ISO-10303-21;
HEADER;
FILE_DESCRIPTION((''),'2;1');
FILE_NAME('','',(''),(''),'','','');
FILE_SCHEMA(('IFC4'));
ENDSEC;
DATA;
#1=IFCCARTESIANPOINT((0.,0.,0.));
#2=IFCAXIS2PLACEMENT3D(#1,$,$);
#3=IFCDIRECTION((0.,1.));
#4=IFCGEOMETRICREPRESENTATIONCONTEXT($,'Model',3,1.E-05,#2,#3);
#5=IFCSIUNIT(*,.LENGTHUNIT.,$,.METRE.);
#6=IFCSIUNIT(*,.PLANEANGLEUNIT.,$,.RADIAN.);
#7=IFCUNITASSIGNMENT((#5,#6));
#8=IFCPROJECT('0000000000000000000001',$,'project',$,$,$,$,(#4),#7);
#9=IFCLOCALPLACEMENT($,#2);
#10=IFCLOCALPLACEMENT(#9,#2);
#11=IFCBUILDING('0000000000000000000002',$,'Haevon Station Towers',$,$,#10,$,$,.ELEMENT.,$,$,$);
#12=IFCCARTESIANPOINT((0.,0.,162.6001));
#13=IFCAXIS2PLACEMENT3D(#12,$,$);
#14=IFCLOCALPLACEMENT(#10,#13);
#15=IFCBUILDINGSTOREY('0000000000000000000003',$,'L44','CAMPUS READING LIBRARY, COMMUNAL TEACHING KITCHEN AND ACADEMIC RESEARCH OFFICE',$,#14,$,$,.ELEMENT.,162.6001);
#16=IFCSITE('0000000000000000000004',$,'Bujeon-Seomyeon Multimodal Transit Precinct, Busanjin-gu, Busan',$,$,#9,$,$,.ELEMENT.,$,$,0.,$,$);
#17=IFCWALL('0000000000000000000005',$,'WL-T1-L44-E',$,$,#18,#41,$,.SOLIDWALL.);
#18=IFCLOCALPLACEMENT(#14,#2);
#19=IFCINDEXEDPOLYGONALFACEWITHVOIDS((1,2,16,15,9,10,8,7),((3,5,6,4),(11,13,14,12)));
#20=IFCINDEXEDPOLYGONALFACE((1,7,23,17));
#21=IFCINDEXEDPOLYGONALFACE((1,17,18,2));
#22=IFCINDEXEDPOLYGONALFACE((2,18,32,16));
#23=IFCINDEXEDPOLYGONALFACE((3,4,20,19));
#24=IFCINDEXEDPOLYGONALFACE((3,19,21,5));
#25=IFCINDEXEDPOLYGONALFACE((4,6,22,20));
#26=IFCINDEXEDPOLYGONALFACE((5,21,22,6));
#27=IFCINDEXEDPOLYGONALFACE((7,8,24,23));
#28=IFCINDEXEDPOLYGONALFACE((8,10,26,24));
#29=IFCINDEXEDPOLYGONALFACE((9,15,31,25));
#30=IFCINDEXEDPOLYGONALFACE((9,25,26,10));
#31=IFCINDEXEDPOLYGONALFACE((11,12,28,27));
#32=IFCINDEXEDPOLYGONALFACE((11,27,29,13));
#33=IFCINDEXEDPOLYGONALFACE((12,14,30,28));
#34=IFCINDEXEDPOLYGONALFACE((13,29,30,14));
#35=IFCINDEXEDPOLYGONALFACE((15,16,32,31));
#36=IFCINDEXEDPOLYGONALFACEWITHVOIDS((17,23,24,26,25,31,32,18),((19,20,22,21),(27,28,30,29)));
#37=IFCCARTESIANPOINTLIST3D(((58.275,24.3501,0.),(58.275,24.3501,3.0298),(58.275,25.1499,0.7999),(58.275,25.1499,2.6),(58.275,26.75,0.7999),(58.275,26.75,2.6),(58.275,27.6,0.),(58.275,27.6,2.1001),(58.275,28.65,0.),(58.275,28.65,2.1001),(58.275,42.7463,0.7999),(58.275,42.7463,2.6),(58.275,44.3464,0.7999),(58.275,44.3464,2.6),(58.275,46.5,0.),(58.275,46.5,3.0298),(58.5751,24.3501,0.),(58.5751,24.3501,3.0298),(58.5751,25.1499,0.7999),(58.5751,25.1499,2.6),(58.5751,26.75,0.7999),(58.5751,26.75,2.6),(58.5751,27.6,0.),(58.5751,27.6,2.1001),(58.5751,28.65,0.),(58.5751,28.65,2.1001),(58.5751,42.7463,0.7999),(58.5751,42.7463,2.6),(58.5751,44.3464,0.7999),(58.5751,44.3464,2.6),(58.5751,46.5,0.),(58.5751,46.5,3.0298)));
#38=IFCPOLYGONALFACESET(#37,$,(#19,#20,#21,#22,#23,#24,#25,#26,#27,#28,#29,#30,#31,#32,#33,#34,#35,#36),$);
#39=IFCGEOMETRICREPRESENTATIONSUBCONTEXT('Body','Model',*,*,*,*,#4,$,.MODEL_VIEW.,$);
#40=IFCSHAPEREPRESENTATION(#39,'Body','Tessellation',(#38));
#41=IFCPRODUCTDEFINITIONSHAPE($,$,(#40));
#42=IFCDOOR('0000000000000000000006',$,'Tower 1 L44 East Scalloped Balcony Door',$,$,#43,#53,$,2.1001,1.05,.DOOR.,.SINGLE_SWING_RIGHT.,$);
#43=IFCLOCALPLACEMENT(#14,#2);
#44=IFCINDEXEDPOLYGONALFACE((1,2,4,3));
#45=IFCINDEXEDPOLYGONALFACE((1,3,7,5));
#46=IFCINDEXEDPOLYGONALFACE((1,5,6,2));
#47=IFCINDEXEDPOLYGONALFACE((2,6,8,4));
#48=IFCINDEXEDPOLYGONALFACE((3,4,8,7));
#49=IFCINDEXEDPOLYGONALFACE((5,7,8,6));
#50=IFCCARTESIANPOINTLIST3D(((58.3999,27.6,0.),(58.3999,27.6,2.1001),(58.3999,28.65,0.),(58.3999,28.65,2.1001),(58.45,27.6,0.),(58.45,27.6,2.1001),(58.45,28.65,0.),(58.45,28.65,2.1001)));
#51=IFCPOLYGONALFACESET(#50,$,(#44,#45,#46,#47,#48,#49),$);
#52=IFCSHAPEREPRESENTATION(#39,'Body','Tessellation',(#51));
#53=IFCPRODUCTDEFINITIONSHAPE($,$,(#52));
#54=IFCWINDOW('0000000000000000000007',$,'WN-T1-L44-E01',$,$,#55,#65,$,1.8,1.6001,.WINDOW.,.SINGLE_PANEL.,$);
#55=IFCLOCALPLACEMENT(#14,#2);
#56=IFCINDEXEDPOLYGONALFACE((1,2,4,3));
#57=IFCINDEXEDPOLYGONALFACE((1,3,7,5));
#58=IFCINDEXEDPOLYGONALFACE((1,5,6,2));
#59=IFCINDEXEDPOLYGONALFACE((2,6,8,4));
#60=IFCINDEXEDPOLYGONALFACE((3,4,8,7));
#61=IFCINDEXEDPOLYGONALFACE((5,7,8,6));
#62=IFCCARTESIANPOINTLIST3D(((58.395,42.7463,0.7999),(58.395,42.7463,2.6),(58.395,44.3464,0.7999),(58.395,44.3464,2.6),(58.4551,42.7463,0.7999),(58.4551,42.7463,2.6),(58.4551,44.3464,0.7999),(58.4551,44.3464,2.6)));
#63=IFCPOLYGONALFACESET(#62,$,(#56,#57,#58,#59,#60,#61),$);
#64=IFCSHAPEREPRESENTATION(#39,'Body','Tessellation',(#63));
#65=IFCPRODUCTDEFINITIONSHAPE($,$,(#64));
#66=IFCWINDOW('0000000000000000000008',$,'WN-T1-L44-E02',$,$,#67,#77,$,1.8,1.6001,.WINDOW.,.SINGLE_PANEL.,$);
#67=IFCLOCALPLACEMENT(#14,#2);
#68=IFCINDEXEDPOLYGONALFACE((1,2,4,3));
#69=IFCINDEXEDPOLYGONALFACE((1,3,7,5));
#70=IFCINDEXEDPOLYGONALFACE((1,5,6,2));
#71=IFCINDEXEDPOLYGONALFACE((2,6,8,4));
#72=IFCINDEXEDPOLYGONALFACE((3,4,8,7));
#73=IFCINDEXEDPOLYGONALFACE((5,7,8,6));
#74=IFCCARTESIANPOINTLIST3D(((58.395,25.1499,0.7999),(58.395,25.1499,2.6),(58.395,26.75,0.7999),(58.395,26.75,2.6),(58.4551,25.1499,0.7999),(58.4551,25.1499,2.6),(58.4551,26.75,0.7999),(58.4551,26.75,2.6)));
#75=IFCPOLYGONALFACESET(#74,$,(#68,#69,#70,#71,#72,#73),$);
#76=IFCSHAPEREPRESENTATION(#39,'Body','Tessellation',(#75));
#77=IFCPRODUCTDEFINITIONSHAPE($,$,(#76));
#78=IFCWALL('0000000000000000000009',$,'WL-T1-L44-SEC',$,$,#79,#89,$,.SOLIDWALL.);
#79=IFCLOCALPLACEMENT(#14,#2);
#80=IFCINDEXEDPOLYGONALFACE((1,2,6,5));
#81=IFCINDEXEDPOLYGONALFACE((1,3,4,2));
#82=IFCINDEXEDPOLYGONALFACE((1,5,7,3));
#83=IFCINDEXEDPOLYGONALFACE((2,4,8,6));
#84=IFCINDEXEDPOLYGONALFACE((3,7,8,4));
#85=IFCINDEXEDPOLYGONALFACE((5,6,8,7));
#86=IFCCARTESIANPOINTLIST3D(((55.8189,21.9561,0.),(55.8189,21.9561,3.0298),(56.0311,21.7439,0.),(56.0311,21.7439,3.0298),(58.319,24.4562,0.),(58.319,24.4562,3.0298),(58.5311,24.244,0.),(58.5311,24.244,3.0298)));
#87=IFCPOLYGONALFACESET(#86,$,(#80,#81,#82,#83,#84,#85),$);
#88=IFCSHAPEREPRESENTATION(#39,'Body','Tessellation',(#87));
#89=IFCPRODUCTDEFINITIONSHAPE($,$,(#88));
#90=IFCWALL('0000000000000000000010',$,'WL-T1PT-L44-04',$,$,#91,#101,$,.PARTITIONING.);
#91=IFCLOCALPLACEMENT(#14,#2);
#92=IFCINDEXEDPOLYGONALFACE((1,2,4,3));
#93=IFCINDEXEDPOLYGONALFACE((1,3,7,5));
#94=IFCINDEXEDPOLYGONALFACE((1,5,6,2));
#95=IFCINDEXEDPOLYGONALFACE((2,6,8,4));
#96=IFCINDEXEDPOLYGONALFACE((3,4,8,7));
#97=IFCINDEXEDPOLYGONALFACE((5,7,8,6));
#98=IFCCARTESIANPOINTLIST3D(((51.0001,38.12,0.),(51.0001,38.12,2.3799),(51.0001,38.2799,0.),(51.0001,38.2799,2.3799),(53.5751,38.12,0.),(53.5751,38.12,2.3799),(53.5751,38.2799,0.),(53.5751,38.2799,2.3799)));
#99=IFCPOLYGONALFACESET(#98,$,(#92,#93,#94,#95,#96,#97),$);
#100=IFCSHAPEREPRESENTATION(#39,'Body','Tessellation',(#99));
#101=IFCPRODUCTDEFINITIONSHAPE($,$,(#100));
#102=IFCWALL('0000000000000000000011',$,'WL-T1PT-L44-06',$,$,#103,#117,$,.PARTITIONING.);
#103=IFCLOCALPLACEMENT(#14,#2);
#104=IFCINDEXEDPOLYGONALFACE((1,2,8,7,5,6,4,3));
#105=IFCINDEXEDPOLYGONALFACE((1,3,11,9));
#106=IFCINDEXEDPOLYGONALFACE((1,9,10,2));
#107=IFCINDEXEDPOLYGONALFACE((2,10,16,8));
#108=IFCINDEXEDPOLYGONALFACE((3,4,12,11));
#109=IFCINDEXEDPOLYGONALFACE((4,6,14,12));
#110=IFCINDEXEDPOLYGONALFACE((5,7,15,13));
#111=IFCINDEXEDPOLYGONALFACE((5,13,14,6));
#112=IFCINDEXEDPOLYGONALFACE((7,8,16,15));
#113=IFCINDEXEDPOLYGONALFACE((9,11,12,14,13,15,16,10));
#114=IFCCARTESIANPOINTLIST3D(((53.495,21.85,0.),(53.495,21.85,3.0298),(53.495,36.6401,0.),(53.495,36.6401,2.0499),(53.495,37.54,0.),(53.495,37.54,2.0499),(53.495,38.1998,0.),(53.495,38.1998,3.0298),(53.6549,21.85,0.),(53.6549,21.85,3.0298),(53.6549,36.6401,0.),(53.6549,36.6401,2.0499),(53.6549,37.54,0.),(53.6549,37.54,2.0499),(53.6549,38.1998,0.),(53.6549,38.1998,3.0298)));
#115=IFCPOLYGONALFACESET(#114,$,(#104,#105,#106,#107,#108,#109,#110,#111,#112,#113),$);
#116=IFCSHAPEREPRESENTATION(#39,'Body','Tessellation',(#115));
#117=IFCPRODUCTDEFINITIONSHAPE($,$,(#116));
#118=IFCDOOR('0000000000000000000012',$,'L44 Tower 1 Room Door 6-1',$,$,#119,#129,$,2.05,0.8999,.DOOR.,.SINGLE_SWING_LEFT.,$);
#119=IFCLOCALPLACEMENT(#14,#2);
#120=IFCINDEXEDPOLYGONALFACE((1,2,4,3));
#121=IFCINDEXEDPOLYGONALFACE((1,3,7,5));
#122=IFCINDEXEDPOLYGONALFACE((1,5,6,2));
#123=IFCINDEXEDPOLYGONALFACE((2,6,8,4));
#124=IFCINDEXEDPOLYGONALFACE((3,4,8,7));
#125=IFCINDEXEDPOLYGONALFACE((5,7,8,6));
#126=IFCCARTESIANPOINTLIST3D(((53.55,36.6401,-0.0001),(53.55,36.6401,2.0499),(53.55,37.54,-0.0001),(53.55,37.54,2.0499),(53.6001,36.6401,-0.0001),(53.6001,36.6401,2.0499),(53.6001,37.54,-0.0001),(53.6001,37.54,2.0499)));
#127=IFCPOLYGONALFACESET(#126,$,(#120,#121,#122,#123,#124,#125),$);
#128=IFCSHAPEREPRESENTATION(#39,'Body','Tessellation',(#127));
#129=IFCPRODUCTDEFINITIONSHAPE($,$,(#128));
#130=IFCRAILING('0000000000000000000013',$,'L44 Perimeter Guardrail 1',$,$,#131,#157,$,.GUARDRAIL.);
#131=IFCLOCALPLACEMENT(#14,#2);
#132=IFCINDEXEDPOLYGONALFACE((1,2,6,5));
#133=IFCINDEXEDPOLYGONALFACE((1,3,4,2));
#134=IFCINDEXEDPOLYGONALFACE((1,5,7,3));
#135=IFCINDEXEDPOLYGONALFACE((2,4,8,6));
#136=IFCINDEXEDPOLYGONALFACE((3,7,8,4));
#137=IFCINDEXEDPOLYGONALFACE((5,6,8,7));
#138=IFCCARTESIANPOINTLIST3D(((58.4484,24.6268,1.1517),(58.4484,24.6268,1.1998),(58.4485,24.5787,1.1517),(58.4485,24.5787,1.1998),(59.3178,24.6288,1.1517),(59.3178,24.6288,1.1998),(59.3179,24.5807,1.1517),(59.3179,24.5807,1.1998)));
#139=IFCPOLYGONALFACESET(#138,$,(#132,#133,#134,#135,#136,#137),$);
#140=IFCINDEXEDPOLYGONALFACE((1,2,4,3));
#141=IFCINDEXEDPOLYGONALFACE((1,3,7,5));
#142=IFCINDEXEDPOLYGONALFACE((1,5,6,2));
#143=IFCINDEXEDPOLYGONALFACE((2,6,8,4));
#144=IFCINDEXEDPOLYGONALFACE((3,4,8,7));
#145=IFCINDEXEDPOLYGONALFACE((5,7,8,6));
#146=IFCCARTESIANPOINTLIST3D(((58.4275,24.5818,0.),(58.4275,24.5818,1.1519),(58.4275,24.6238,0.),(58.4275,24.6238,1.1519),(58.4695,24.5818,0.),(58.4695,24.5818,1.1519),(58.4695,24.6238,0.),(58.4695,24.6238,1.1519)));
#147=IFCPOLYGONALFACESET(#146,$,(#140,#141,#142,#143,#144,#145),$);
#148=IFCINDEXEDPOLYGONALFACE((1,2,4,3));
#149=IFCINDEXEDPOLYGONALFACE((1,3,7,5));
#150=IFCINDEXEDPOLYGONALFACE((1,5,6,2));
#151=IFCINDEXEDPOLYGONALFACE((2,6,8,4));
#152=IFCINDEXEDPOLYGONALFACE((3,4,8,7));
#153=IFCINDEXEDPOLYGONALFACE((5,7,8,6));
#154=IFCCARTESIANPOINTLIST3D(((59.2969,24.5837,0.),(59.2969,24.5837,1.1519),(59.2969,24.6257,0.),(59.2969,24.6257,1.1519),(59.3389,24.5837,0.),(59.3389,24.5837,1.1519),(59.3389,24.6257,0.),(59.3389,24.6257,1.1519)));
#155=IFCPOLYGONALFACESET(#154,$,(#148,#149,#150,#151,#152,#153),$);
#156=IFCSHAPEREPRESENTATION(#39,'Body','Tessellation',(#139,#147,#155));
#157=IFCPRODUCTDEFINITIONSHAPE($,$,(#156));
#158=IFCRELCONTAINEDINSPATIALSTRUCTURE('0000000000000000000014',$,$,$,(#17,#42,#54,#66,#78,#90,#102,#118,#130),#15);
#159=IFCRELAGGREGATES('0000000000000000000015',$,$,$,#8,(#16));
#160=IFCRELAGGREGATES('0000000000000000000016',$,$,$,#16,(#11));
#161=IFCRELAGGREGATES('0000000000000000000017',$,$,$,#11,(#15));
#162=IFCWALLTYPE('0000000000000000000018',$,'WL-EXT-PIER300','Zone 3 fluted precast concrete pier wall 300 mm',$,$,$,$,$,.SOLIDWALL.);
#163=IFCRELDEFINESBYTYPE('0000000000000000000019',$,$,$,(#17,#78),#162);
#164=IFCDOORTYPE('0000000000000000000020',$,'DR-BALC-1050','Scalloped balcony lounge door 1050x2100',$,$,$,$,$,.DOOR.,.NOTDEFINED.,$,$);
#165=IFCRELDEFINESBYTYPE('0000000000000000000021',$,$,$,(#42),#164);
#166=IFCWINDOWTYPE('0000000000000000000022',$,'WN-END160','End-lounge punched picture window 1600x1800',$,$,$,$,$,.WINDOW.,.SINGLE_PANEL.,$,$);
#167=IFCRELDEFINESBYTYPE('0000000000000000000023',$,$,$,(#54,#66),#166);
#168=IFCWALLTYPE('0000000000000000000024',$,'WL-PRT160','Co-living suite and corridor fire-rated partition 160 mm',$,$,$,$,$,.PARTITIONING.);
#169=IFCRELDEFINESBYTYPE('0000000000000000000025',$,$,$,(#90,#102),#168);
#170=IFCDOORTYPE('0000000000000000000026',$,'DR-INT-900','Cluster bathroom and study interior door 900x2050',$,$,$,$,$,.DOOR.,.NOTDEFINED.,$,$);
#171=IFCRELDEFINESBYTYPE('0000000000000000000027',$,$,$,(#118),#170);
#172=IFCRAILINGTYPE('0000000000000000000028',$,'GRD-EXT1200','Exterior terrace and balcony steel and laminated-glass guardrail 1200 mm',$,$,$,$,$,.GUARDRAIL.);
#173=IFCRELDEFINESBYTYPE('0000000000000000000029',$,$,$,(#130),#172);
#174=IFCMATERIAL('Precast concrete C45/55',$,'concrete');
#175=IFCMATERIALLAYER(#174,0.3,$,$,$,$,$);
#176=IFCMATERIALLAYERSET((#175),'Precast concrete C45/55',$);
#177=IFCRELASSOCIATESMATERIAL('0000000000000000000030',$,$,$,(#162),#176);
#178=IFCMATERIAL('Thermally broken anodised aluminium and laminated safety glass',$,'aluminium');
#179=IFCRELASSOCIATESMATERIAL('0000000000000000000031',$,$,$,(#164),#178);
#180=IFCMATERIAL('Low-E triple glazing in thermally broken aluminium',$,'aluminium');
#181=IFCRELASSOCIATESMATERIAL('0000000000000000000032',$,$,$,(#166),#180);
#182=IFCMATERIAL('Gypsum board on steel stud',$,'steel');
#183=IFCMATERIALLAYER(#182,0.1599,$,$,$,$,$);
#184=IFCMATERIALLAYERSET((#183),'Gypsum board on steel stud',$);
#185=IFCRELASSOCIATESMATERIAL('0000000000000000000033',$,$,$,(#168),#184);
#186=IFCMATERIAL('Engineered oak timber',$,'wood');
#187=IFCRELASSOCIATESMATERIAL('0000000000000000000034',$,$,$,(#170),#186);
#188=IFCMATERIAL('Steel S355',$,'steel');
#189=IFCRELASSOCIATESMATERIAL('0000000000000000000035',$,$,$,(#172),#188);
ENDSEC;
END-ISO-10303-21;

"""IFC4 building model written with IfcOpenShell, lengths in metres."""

from ifc_helpers import new_model, si_unit, direction, frame, frame_2d, origin, origin_2d, place, context, subcontext, project, spatial, rectangle, extrude, material, layer, layer_set, type_object, element, fill, save


model = new_model("IFC4")

# Units and contexts
model_context = context("Model", 3, precision=1e-05, world=origin(), true_north=direction((0.0, 1.0)))
body_context = subcontext(model_context, "Body", "Model", "MODEL_VIEW")
ifc_project = project(units=[si_unit("LENGTHUNIT", "METRE"), si_unit("PLANEANGLEUNIT", "RADIAN")], contexts=[model_context])

# Site, building, storey
site_placement = place(None, origin())
site = spatial("IfcSite", under=ifc_project, at=site_placement, Name="Bujeon-Seomyeon Multimodal Transit Precinct, Busanjin-gu, Busan", CompositionType="ELEMENT", RefElevation=0.0)
building_placement = place(site_placement, origin())
building = spatial("IfcBuilding", under=site, at=building_placement, Name="Haevon Station Towers", CompositionType="ELEMENT")
storey_placement = place(building_placement, frame((0.0, 0.0, 162.6001)))
storey = spatial("IfcBuildingStorey", under=building, at=storey_placement, Name="L44", Description="CAMPUS READING LIBRARY, COMMUNAL TEACHING KITCHEN AND ACADEMIC RESEARCH OFFICE", CompositionType="ELEMENT", Elevation=162.6001)

# Shared definitions
ifc_material_1 = material(Name="Steel S355", Category="steel")

# Shared definitions
ifc_material_2 = material(Name="Precast concrete C45/55", Category="concrete")
ifc_layer_1 = layer(ifc_material_2, 0.3)
ifc_layer_set_1 = layer_set([ifc_layer_1], Name="Precast concrete C45/55")
wall_type_1 = type_object("IfcWallType", Name="WL-EXT-PIER300", Description="Zone 3 fluted precast concrete pier wall 300 mm", PredefinedType="SOLIDWALL", material=ifc_layer_set_1)
ifc_material_3 = material(Name="Low-E triple glazing in thermally broken aluminium", Category="aluminium")

# Wall, openings, door, windows
wall_1_placement = place(storey_placement, frame((58.425, 46.5, 0.0), z_axis=(0.0, 0.0, 1.0), x_axis=(0.0, -1.0, 0.0)))
wall_1 = element("IfcWall", 1, at=wall_1_placement, inside=storey, type_object=wall_type_1, Name="WL-T1-L44-E", PredefinedType="SOLIDWALL", context=body_context, shape_type="SweptSolid", body=[
    extrude(rectangle(XDim=22.1499, YDim=0.3, at=frame_2d((11.075, 0.0))), origin(), (0.0, 0.0, 1.0), 3.0298),
])
opening_1_placement = place(wall_1_placement, frame((17.8501, 0.0, 0.0)))
opening_1 = element("IfcOpeningElement", 2, at=opening_1_placement, cuts=wall_1, PredefinedType="OPENING", context=body_context, shape_type="SweptSolid", body=[
    extrude(rectangle(XDim=1.05, YDim=2.1001, at=frame_2d((0.5249, 1.05))), frame((0.0, 0.1599, 0.0), z_axis=(0.0, -1.0, 0.0), x_axis=(1.0, 0.0, 0.0)), (0.0, 0.0, 1.0), 0.3201),
])
opening_2_placement = place(wall_1_placement, frame((2.1536, 0.0, 0.8)))
opening_2 = element("IfcOpeningElement", 3, at=opening_2_placement, cuts=wall_1, PredefinedType="OPENING", context=body_context, shape_type="SweptSolid", body=[
    extrude(rectangle(XDim=1.6001, YDim=1.8, at=frame_2d((0.8, 0.8999))), frame((0.0, 0.1599, 0.0), z_axis=(0.0, -1.0, 0.0), x_axis=(1.0, 0.0, 0.0)), (0.0, 0.0, 1.0), 0.3201),
])
opening_3_placement = place(wall_1_placement, frame((19.75, 0.0, 0.8)))
opening_3 = element("IfcOpeningElement", 4, at=opening_3_placement, cuts=wall_1, PredefinedType="OPENING", context=body_context, shape_type="SweptSolid", body=[
    extrude(rectangle(XDim=1.6001, YDim=1.8, at=frame_2d((0.8, 0.8999))), frame((0.0, 0.1599, 0.0), z_axis=(0.0, -1.0, 0.0), x_axis=(1.0, 0.0, 0.0)), (0.0, 0.0, 1.0), 0.3201),
])
ifc_material_4 = material(Name="Thermally broken anodised aluminium and laminated safety glass", Category="aluminium")
door_type_1 = type_object("IfcDoorType", Name="DR-BALC-1050", Description="Scalloped balcony lounge door 1050x2100", OperationType="NOTDEFINED", PredefinedType="DOOR", material=ifc_material_4)
door_1_placement = place(opening_1_placement, origin())
door_1 = element("IfcDoor", 5, at=door_1_placement, inside=storey, type_object=door_type_1, Name="Tower 1 L44 East Scalloped Balcony Door", OperationType="SINGLE_SWING_RIGHT", OverallHeight=2.1001, OverallWidth=1.05, PredefinedType="DOOR", context=body_context, shape_type="SweptSolid", body=[
    extrude(rectangle(XDim=1.05, YDim=2.1001, at=frame_2d((0.5249, 1.05))), frame((0.0, 0.0249, 0.0), z_axis=(0.0, -1.0, 0.0), x_axis=(1.0, 0.0, 0.0)), (0.0, 0.0, 1.0), 0.05),
])
fill(opening_1, door_1)
window_type_1 = type_object("IfcWindowType", Name="WN-END160", Description="End-lounge punched picture window 1600x1800", PartitioningType="SINGLE_PANEL", PredefinedType="WINDOW", material=ifc_material_3)
window_1_placement = place(opening_2_placement, origin())
window_1 = element("IfcWindow", 6, at=window_1_placement, inside=storey, type_object=window_type_1, Name="WN-T1-L44-E01", OverallHeight=1.8, OverallWidth=1.6001, PartitioningType="SINGLE_PANEL", PredefinedType="WINDOW", context=body_context, shape_type="SweptSolid", body=[
    extrude(rectangle(XDim=1.6001, YDim=1.8, at=frame_2d((0.8, 0.8999))), frame((0.0, 0.03, 0.0), z_axis=(0.0, -1.0, 0.0), x_axis=(1.0, 0.0, 0.0)), (0.0, 0.0, 1.0), 0.0601),
])
fill(opening_2, window_1)
window_2_placement = place(opening_3_placement, origin())
window_2 = element("IfcWindow", 7, at=window_2_placement, inside=storey, type_object=window_type_1, Name="WN-T1-L44-E02", OverallHeight=1.8, OverallWidth=1.6001, PartitioningType="SINGLE_PANEL", PredefinedType="WINDOW", context=body_context, shape_type="SweptSolid", body=[
    extrude(rectangle(XDim=1.6001, YDim=1.8, at=frame_2d((0.8, 0.8999))), frame((0.0, 0.03, 0.0), z_axis=(0.0, -1.0, 0.0), x_axis=(1.0, 0.0, 0.0)), (0.0, 0.0, 1.0), 0.0601),
])
fill(opening_3, window_2)

# Walls
wall_2_placement = place(storey_placement, frame((58.425, 24.3501, 0.0), z_axis=(0.0, 0.0, 1.0), x_axis=(-0.707107, -0.707107, 0.0)))
element("IfcWall", 8, at=wall_2_placement, inside=storey, type_object=wall_type_1, Name="WL-T1-L44-SEC", PredefinedType="SOLIDWALL", context=body_context, shape_type="SweptSolid", body=[
    extrude(rectangle(XDim=3.5356, YDim=0.3, at=frame_2d((1.7678, 0.0))), origin(), (0.0, 0.0, 1.0), 3.0298),
])
ifc_material_5 = material(Name="Gypsum board on steel stud", Category="steel")
ifc_layer_2 = layer(ifc_material_5, 0.1599)
ifc_layer_set_2 = layer_set([ifc_layer_2], Name="Gypsum board on steel stud")
wall_type_2 = type_object("IfcWallType", Name="WL-PRT160", Description="Co-living suite and corridor fire-rated partition 160 mm", PredefinedType="PARTITIONING", material=ifc_layer_set_2)
wall_3_placement = place(storey_placement, frame((51.0, 38.2, 0.0), z_axis=(0.0, 0.0, 1.0), x_axis=(1.0, 0.0, 0.0)))
element("IfcWall", 9, at=wall_3_placement, inside=storey, type_object=wall_type_2, Name="WL-T1PT-L44-04", PredefinedType="PARTITIONING", context=body_context, shape_type="SweptSolid", body=[
    extrude(rectangle(XDim=2.575, YDim=0.1599, at=frame_2d((1.2876, 0.0))), origin(), (0.0, 0.0, 1.0), 2.3799),
])

# Wall, opening, door
wall_4_placement = place(storey_placement, frame((53.575, 21.8501, 0.0), z_axis=(0.0, 0.0, 1.0), x_axis=(0.0, 1.0, 0.0)))
wall_4 = element("IfcWall", 10, at=wall_4_placement, inside=storey, type_object=wall_type_2, Name="WL-T1PT-L44-06", PredefinedType="PARTITIONING", context=body_context, shape_type="SweptSolid", body=[
    extrude(rectangle(XDim=16.3499, YDim=0.1599, at=frame_2d((8.1748, 0.0))), origin(), (0.0, 0.0, 1.0), 3.0298),
])
opening_4_placement = place(wall_4_placement, frame((14.79, 0.0, 0.0)))
opening_4 = element("IfcOpeningElement", 11, at=opening_4_placement, cuts=wall_4, PredefinedType="OPENING", context=body_context, shape_type="SweptSolid", body=[
    extrude(rectangle(XDim=0.8999, YDim=2.05, at=frame_2d((0.45, 1.0249))), frame((0.0, 0.0898, 0.0), z_axis=(0.0, -1.0, 0.0), x_axis=(1.0, 0.0, 0.0)), (0.0, 0.0, 1.0), 0.1799),
])
ifc_material_6 = material(Name="Engineered oak timber", Category="wood")
door_type_2 = type_object("IfcDoorType", Name="DR-INT-900", Description="Cluster bathroom and study interior door 900x2050", OperationType="NOTDEFINED", PredefinedType="DOOR", material=ifc_material_6)
door_2_placement = place(opening_4_placement, origin())
door_2 = element("IfcDoor", 12, at=door_2_placement, inside=storey, type_object=door_type_2, Name="L44 Tower 1 Room Door 6-1", OperationType="SINGLE_SWING_LEFT", OverallHeight=2.05, OverallWidth=0.8999, PredefinedType="DOOR", context=body_context, shape_type="SweptSolid", body=[
    extrude(rectangle(XDim=0.8999, YDim=2.05, at=frame_2d((0.45, 1.0249))), frame((0.0, 0.0249, 0.0), z_axis=(0.0, -1.0, 0.0), x_axis=(1.0, 0.0, 0.0)), (0.0, 0.0, 1.0), 0.05),
])
fill(opening_4, door_2)

# Railing
railing_type = type_object("IfcRailingType", Name="GRD-EXT1200", Description="Exterior terrace and balcony steel and laminated-glass guardrail 1200 mm", PredefinedType="GUARDRAIL", material=ifc_material_1)
railing_1_placement = place(storey_placement, frame((58.4485, 24.6028, 0.0)))
element("IfcRailing", 13, at=railing_1_placement, inside=storey, type_object=railing_type, Name="L44 Perimeter Guardrail 1", PredefinedType="GUARDRAIL", context=body_context, shape_type="SweptSolid", body=[
    extrude(rectangle(XDim=0.0481, YDim=0.0481, at=origin_2d()), frame((0.0, 0.0, 1.1758), z_axis=(0.999997, 0.002247, 0.0), x_axis=(-0.002247, 0.999997, 0.0)), (0.0, 0.0, 1.0), 0.8694),
    extrude(rectangle(XDim=0.042, YDim=0.042, at=origin_2d()), origin(), (0.0, 0.0, 1.0), 1.1519),
    extrude(rectangle(XDim=0.042, YDim=0.042, at=origin_2d()), frame((0.8694, 0.002, 0.0)), (0.0, 0.0, 1.0), 1.1519),
])

save(model, "model.ifc")
